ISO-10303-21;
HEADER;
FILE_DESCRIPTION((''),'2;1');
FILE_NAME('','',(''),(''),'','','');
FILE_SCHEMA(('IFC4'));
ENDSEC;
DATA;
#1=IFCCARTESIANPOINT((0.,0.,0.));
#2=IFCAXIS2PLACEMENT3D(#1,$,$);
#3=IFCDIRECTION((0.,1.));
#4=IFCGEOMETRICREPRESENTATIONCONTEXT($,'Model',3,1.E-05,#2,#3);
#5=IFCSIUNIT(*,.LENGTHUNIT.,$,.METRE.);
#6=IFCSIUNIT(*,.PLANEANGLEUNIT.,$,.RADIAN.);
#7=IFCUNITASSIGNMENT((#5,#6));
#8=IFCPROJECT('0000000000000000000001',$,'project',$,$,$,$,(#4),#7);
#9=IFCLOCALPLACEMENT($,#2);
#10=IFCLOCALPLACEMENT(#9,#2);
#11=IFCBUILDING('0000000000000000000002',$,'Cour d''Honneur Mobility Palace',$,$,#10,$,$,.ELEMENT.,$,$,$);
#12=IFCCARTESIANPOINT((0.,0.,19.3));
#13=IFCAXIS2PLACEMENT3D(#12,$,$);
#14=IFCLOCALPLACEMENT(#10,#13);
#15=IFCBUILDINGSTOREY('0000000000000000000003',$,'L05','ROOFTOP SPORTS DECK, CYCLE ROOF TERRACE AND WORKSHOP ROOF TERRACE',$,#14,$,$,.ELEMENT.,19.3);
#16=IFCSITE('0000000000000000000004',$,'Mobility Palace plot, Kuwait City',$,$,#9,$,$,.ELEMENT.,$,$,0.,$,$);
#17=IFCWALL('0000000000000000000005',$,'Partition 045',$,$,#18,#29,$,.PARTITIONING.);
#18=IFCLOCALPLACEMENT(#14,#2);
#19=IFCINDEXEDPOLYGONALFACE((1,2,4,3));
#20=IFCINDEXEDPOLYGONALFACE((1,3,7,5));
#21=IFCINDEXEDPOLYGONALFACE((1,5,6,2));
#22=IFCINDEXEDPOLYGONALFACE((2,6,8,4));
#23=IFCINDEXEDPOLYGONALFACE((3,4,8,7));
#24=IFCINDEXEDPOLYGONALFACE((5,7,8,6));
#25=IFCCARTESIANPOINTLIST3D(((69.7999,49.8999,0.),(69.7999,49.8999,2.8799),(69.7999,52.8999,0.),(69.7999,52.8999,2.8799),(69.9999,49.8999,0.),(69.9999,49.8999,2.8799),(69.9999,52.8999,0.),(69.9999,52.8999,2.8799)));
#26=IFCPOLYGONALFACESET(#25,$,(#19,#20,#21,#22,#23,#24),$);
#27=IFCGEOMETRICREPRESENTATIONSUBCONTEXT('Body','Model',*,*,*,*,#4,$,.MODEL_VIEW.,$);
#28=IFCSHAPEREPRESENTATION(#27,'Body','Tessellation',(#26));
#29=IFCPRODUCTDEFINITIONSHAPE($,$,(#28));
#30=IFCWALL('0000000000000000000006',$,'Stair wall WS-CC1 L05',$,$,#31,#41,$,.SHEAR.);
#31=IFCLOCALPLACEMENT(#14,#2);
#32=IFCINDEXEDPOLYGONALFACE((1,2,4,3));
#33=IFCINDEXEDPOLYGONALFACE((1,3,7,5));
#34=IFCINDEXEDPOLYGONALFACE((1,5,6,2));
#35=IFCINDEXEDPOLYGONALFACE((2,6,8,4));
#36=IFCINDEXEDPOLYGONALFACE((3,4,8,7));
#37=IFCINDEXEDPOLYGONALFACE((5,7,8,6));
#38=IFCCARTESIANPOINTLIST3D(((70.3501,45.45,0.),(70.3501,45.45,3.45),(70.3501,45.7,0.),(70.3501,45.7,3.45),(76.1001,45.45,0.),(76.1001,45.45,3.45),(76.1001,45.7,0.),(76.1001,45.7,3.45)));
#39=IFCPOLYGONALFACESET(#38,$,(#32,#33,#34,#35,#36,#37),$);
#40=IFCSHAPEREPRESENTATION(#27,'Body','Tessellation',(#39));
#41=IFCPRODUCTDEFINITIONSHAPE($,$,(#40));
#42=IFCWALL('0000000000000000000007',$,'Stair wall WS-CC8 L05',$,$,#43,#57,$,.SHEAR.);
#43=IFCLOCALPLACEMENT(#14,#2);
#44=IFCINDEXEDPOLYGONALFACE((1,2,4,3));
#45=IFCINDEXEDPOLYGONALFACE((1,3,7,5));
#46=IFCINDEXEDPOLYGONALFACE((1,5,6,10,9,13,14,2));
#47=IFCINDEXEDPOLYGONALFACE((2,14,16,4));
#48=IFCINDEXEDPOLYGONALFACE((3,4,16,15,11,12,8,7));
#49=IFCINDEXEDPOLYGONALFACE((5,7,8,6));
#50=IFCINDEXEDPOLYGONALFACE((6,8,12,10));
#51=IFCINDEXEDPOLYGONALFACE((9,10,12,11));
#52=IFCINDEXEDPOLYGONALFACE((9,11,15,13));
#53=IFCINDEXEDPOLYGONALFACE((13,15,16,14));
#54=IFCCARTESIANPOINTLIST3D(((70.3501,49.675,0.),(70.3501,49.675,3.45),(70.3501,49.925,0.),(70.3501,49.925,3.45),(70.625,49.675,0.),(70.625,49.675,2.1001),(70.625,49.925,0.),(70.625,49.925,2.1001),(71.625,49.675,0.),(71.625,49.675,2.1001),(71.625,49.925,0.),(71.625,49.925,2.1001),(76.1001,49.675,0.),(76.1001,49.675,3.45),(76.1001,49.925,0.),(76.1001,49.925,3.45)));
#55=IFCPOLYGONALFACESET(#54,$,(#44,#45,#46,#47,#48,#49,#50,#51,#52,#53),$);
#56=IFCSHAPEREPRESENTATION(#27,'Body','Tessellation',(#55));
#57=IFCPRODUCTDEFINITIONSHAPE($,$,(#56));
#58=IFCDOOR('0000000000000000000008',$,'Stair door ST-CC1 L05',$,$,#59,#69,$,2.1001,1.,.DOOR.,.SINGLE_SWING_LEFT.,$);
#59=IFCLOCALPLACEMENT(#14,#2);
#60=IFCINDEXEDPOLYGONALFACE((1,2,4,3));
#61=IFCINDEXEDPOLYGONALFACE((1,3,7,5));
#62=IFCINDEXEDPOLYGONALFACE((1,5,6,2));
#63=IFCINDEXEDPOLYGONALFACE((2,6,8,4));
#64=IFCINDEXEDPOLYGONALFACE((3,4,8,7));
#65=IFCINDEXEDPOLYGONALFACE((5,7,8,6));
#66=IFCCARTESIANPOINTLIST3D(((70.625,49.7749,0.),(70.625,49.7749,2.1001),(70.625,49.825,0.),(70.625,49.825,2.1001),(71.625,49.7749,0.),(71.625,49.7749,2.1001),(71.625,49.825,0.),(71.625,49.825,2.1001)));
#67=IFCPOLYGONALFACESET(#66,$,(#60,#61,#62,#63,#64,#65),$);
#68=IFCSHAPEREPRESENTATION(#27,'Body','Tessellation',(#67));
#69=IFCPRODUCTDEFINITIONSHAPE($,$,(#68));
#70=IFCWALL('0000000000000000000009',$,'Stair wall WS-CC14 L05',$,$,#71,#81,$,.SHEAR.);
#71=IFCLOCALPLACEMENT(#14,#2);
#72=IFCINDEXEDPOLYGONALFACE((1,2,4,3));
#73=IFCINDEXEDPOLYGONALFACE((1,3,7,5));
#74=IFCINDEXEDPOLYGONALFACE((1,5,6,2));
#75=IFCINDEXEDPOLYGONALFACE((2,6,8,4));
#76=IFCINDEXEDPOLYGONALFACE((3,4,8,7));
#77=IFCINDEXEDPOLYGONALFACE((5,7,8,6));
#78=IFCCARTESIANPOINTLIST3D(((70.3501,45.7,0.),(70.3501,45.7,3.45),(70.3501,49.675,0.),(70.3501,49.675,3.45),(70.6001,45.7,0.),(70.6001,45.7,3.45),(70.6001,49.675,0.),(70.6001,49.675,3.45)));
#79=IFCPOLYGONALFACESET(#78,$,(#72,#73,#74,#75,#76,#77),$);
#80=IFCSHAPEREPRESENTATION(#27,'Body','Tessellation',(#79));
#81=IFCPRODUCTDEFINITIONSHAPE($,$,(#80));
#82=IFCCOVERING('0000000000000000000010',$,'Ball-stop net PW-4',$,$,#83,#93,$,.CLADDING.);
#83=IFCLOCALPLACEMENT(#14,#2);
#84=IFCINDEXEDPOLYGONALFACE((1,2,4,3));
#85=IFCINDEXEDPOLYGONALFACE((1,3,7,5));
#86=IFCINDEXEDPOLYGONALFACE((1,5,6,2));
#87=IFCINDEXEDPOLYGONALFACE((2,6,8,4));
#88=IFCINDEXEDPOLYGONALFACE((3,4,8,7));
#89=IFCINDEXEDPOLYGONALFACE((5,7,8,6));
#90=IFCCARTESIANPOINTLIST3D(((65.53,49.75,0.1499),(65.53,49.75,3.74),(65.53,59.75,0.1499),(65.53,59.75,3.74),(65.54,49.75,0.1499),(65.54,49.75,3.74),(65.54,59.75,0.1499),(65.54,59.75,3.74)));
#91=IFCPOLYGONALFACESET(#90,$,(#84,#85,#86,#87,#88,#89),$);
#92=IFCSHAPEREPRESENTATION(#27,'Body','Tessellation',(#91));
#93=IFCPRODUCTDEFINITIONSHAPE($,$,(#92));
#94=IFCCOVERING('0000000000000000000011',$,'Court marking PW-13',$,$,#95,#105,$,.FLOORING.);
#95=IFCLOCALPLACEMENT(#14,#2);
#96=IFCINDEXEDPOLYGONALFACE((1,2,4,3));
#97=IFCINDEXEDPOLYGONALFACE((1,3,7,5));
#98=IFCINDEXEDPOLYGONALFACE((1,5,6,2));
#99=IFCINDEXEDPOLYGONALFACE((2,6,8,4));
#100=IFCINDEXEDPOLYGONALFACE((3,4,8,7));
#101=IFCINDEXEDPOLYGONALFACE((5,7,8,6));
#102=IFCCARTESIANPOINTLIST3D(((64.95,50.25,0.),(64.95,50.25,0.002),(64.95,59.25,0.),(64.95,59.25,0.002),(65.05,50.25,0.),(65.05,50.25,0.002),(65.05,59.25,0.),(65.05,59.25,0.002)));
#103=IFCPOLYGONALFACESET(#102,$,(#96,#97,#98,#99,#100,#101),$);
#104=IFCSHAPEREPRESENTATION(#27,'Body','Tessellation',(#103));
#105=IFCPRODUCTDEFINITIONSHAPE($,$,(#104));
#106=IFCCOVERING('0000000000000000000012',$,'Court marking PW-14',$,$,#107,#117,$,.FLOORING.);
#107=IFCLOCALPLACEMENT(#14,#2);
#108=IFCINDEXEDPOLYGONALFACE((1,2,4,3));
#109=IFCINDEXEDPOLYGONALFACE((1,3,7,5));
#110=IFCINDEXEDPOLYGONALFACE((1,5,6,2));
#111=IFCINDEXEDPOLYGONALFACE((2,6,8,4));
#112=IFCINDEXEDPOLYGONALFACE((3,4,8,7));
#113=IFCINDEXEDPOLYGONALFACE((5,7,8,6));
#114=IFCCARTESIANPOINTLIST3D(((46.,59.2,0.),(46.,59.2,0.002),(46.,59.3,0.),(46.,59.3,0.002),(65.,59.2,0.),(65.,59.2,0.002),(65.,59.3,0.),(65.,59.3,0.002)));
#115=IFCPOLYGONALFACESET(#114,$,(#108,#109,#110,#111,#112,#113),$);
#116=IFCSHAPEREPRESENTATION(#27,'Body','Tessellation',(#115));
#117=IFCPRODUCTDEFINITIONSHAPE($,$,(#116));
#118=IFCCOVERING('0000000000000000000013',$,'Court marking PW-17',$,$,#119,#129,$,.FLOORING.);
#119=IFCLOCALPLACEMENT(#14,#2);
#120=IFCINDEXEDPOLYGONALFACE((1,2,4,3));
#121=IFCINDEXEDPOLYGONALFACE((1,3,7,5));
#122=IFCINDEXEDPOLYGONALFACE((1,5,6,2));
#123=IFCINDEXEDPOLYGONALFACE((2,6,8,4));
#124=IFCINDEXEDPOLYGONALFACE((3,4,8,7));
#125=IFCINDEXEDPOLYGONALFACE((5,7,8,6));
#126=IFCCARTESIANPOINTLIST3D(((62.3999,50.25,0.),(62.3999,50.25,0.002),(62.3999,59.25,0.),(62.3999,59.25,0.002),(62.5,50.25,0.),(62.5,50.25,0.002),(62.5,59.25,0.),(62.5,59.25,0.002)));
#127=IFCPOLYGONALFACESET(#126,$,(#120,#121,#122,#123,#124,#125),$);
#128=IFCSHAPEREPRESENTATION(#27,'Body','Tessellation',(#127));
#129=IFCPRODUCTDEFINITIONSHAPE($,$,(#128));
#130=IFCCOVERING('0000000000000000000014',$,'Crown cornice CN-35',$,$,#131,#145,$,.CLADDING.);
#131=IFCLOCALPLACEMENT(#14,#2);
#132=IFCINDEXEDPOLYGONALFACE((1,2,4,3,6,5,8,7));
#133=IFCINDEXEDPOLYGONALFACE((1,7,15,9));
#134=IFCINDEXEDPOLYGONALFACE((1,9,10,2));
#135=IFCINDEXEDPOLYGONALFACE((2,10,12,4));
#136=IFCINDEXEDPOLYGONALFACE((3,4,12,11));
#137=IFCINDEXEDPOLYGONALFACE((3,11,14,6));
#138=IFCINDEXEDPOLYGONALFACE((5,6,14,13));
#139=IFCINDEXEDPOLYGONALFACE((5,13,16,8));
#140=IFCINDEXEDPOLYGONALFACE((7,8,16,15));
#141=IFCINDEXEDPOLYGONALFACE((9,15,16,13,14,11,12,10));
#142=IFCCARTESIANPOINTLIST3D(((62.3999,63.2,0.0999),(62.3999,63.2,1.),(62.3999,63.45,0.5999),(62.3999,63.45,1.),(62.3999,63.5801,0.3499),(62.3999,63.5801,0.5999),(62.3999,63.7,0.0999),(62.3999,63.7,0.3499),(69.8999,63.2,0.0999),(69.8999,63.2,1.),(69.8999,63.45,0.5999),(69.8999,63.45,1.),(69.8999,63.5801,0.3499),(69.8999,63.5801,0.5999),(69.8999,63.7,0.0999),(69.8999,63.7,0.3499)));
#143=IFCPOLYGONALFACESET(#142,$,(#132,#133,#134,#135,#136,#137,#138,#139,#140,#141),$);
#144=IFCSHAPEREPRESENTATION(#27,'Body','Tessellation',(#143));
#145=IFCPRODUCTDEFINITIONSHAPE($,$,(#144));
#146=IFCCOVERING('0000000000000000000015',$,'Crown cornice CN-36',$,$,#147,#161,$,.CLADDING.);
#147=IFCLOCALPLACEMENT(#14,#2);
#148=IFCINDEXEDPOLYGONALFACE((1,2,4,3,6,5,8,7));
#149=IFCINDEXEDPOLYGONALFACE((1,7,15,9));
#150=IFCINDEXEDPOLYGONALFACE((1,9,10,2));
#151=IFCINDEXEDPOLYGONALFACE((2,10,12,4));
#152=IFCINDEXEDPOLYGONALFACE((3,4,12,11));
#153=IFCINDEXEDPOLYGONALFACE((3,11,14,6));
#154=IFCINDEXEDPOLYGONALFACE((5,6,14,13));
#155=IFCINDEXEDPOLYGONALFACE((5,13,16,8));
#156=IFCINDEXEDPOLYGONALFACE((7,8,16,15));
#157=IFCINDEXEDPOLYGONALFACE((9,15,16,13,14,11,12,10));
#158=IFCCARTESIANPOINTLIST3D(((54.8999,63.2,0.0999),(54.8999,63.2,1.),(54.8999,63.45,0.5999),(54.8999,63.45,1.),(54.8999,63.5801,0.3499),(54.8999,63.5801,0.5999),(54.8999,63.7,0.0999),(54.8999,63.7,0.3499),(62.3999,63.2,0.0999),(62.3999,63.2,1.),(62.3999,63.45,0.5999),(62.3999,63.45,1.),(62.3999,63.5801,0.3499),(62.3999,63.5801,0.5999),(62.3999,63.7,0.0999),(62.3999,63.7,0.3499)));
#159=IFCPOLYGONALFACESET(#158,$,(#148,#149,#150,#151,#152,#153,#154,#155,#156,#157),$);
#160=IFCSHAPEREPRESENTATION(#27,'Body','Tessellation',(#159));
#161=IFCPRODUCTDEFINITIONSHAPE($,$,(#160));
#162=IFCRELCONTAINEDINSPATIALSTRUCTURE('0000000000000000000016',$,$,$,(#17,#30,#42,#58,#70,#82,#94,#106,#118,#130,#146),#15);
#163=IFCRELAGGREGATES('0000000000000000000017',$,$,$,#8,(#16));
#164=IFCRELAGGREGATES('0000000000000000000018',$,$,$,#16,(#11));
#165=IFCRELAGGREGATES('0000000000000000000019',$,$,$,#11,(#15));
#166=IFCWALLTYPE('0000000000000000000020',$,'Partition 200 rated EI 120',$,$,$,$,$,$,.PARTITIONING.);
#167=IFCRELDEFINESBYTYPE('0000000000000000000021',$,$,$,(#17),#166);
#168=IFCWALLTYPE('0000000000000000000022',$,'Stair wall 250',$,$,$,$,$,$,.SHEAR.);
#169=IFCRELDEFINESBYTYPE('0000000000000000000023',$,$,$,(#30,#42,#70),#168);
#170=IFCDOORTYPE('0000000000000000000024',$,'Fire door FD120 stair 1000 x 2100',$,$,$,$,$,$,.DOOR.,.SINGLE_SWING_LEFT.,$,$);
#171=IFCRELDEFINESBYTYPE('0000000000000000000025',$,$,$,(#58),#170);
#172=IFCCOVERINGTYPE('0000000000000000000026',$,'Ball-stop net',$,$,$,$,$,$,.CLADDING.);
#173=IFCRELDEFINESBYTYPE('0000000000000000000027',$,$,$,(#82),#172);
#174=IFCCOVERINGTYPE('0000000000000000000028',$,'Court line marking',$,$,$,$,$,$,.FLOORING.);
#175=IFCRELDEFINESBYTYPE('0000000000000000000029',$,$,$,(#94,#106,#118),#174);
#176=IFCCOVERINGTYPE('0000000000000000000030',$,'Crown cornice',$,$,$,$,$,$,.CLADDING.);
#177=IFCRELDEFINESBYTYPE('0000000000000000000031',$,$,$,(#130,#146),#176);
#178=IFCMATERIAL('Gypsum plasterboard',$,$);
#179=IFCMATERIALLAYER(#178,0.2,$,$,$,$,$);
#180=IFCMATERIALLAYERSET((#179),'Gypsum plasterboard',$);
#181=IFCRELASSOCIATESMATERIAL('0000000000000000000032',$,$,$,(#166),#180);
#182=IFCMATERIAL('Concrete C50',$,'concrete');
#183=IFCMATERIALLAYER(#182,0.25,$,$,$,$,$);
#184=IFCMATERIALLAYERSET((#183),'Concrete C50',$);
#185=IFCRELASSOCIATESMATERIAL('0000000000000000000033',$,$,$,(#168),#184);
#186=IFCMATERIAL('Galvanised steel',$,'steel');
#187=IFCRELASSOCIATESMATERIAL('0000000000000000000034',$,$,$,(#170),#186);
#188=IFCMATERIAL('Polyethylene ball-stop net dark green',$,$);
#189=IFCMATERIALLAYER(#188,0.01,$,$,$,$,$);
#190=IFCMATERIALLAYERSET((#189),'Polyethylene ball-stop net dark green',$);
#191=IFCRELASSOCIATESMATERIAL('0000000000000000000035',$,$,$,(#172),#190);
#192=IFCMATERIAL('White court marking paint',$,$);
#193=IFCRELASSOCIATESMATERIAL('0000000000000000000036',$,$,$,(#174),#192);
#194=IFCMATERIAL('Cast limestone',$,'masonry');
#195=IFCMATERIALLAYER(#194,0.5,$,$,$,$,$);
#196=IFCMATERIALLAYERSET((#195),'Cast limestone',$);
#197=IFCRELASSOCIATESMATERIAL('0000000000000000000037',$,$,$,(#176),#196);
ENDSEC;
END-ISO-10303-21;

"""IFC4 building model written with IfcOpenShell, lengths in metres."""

from ifc_helpers import new_model, si_unit, direction, frame, frame_2d, origin, origin_2d, place, context, subcontext, project, spatial, polyline, rectangle, outline, extrude, material, layer, layer_set, material_profile, profile_set, type_object, element, fill, save


model = new_model("IFC4")

# Units and contexts
model_context = context("Model", 3, precision=1e-05, world=origin(), true_north=direction((0.0, 1.0)))
body_context = subcontext(model_context, "Body", "Model", "MODEL_VIEW")
ifc_project = project(units=[si_unit("LENGTHUNIT", "METRE"), si_unit("PLANEANGLEUNIT", "RADIAN")], contexts=[model_context])

# Site, building, storey
site_placement = place(None, origin())
site = spatial("IfcSite", under=ifc_project, at=site_placement, Name="Mobility Palace plot, Kuwait City", CompositionType="ELEMENT", RefElevation=0.0)
building_placement = place(site_placement, origin())
building = spatial("IfcBuilding", under=site, at=building_placement, Name="Cour d'Honneur Mobility Palace", CompositionType="ELEMENT")
storey_placement = place(building_placement, frame((0.0, 0.0, 19.3)))
storey = spatial("IfcBuildingStorey", under=building, at=storey_placement, Name="L05", Description="ROOFTOP SPORTS DECK, CYCLE ROOF TERRACE AND WORKSHOP ROOF TERRACE", CompositionType="ELEMENT", Elevation=19.3)

# Walls
ifc_material_1 = material(Name="Gypsum plasterboard")
ifc_layer_1 = layer(ifc_material_1, 0.2)
ifc_layer_set_1 = layer_set([ifc_layer_1], Name="Gypsum plasterboard")
wall_type_1 = type_object("IfcWallType", Name="Partition 200 rated EI 120", PredefinedType="PARTITIONING", material=ifc_layer_set_1)
wall_1_placement = place(storey_placement, frame((69.8999, 52.8999, 0.0), z_axis=(0.0, 0.0, 1.0), x_axis=(0.0, -1.0, 0.0)))
element("IfcWall", 1, at=wall_1_placement, inside=storey, type_object=wall_type_1, Name="Partition 045", PredefinedType="PARTITIONING", context=body_context, shape_type="SweptSolid", body=[
    extrude(rectangle(XDim=3.0, YDim=0.2, at=frame_2d((1.5, 0.0))), origin(), (0.0, 0.0, 1.0), 2.8799),
])
ifc_material_2 = material(Name="Concrete C50", Category="concrete")
ifc_layer_2 = layer(ifc_material_2, 0.25)
ifc_layer_set_2 = layer_set([ifc_layer_2], Name="Concrete C50")
wall_type_2 = type_object("IfcWallType", Name="Stair wall 250", PredefinedType="SHEAR", material=ifc_layer_set_2)
wall_2_placement = place(storey_placement, frame((70.3501, 45.575, 0.0), z_axis=(0.0, 0.0, 1.0), x_axis=(1.0, 0.0, 0.0)))
element("IfcWall", 2, at=wall_2_placement, inside=storey, type_object=wall_type_2, Name="Stair wall WS-CC1 L05", PredefinedType="SHEAR", context=body_context, shape_type="SweptSolid", body=[
    extrude(rectangle(XDim=5.75, YDim=0.25, at=frame_2d((2.875, 0.0))), origin(), (0.0, 0.0, 1.0), 3.45),
])

# Wall, opening, door
wall_3_placement = place(storey_placement, frame((70.3501, 49.8, 0.0), z_axis=(0.0, 0.0, 1.0), x_axis=(1.0, 0.0, 0.0)))
wall_3 = element("IfcWall", 3, at=wall_3_placement, inside=storey, type_object=wall_type_2, Name="Stair wall WS-CC8 L05", PredefinedType="SHEAR", context=body_context, shape_type="SweptSolid", body=[
    extrude(rectangle(XDim=5.75, YDim=0.25, at=frame_2d((2.875, 0.0))), origin(), (0.0, 0.0, 1.0), 3.45),
])
opening_placement = place(wall_3_placement, frame((0.2749, 0.0, 0.0)))
opening = element("IfcOpeningElement", 4, at=opening_placement, cuts=wall_3, PredefinedType="OPENING", context=body_context, shape_type="SweptSolid", body=[
    extrude(rectangle(XDim=1.0, YDim=2.1001, at=frame_2d((0.5, 1.05))), frame((0.0, 0.135, 0.0), z_axis=(0.0, -1.0, 0.0), x_axis=(1.0, 0.0, 0.0)), (0.0, 0.0, 1.0), 0.27),
])
ifc_material_3 = material(Name="Galvanised steel", Category="steel")
door_type = type_object("IfcDoorType", Name="Fire door FD120 stair 1000 x 2100", OperationType="SINGLE_SWING_LEFT", PredefinedType="DOOR", material=ifc_material_3)
door_placement = place(opening_placement, origin())
door = element("IfcDoor", 5, at=door_placement, inside=storey, type_object=door_type, Name="Stair door ST-CC1 L05", OperationType="SINGLE_SWING_LEFT", OverallHeight=2.1001, OverallWidth=1.0, PredefinedType="DOOR", context=body_context, shape_type="SweptSolid", body=[
    extrude(rectangle(XDim=1.0, YDim=2.1001, at=frame_2d((0.5, 1.05))), frame((0.0, 0.0249, 0.0), z_axis=(0.0, -1.0, 0.0), x_axis=(1.0, 0.0, 0.0)), (0.0, 0.0, 1.0), 0.05),
])
fill(opening, door)

# Wall
wall_4_placement = place(storey_placement, frame((70.4751, 45.7, 0.0), z_axis=(0.0, 0.0, 1.0), x_axis=(0.0, 1.0, 0.0)))
element("IfcWall", 6, at=wall_4_placement, inside=storey, type_object=wall_type_2, Name="Stair wall WS-CC14 L05", PredefinedType="SHEAR", context=body_context, shape_type="SweptSolid", body=[
    extrude(rectangle(XDim=3.9751, YDim=0.25, at=frame_2d((1.9875, 0.0))), origin(), (0.0, 0.0, 1.0), 3.45),
])

# Covering
ifc_material_4 = material(Name="Polyethylene ball-stop net dark green")
ifc_layer_3 = layer(ifc_material_4, 0.01)
ifc_layer_set_3 = layer_set([ifc_layer_3], Name="Polyethylene ball-stop net dark green")
covering_type_1 = type_object("IfcCoveringType", Name="Ball-stop net", PredefinedType="CLADDING", material=ifc_layer_set_3)
covering_1_placement = place(storey_placement, frame((65.54, 49.75, 0.1499), z_axis=(1.0, 0.0, 0.0), x_axis=(0.0, 1.0, 0.0)))
element("IfcCovering", 7, at=covering_1_placement, inside=storey, type_object=covering_type_1, Name="Ball-stop net PW-4", PredefinedType="CLADDING", context=body_context, shape_type="SweptSolid", body=[
    extrude(outline(polyline([(0.0, 0.0), (10.0, 0.0), (10.0, 3.5901), (0.0, 3.5901), (0.0, 0.0)])), origin(), (0.0, 0.0, -1.0), 0.01),
])

# Coverings
ifc_material_5 = material(Name="White court marking paint")
ifc_material_profile_1 = material_profile(ifc_material_5, rectangle(XDim=0.1001, YDim=0.002, at=origin_2d()), Name="Court line marking")
ifc_profile_set_1 = profile_set([ifc_material_profile_1], Name="White court marking paint")
covering_type_2 = type_object("IfcCoveringType", Name="Court line marking", PredefinedType="FLOORING", material=ifc_profile_set_1)
covering_2_placement = place(storey_placement, frame((65.0, 50.25, 0.001), z_axis=(0.0, 1.0, 0.0), x_axis=(-1.0, 0.0, 0.0)))
element("IfcCovering", 8, at=covering_2_placement, inside=storey, type_object=covering_type_2, Name="Court marking PW-13", PredefinedType="FLOORING", context=body_context, shape_type="SweptSolid", body=[
    extrude(rectangle(XDim=0.1001, YDim=0.002, at=origin_2d()), origin(), (0.0, 0.0, 1.0), 9.0),
])
covering_3_placement = place(storey_placement, frame((65.0, 59.25, 0.001), z_axis=(-1.0, 0.0, 0.0), x_axis=(0.0, -1.0, 0.0)))
element("IfcCovering", 9, at=covering_3_placement, inside=storey, type_object=covering_type_2, Name="Court marking PW-14", PredefinedType="FLOORING", context=body_context, shape_type="SweptSolid", body=[
    extrude(rectangle(XDim=0.1001, YDim=0.002, at=origin_2d()), origin(), (0.0, 0.0, 1.0), 19.0),
])
covering_4_placement = place(storey_placement, frame((62.45, 50.25, 0.001), z_axis=(0.0, 1.0, 0.0), x_axis=(-1.0, 0.0, 0.0)))
element("IfcCovering", 10, at=covering_4_placement, inside=storey, type_object=covering_type_2, Name="Court marking PW-17", PredefinedType="FLOORING", context=body_context, shape_type="SweptSolid", body=[
    extrude(rectangle(XDim=0.1001, YDim=0.002, at=origin_2d()), origin(), (0.0, 0.0, 1.0), 9.0),
])
ifc_material_6 = material(Name="Cast limestone", Category="masonry")
ifc_layer_4 = layer(ifc_material_6, 0.5)
ifc_layer_set_4 = layer_set([ifc_layer_4], Name="Cast limestone")
covering_type_3 = type_object("IfcCoveringType", Name="Crown cornice", PredefinedType="CLADDING", material=ifc_layer_set_4)
for number, where, z_axis, x_axis, name in (
    (11, (69.8999, 63.2, 0.0999), (1.0, 0.0, 0.0), (0.0, 1.0, 0.0), "Crown cornice CN-35"),
    (12, (62.3999, 63.2, 0.0999), (1.0, 0.0, 0.0), (0.0, 1.0, 0.0), "Crown cornice CN-36"),
):
    element("IfcCovering", number, at=place(storey_placement, frame(where, z_axis=z_axis, x_axis=x_axis)), inside=storey, type_object=covering_type_3, Name=name, PredefinedType="CLADDING", context=body_context, shape_type="SweptSolid", body=[
        extrude(outline(polyline([(0.0, 0.0), (0.5, 0.0), (0.5, 0.25), (0.3801, 0.25), (0.3801, 0.5), (0.25, 0.5), (0.25, 0.9001), (0.0, 0.9001), (0.0, 0.0)])), origin(), (0.0, 0.0, -1.0), 7.5),
    ])

save(model, "model.ifc")
